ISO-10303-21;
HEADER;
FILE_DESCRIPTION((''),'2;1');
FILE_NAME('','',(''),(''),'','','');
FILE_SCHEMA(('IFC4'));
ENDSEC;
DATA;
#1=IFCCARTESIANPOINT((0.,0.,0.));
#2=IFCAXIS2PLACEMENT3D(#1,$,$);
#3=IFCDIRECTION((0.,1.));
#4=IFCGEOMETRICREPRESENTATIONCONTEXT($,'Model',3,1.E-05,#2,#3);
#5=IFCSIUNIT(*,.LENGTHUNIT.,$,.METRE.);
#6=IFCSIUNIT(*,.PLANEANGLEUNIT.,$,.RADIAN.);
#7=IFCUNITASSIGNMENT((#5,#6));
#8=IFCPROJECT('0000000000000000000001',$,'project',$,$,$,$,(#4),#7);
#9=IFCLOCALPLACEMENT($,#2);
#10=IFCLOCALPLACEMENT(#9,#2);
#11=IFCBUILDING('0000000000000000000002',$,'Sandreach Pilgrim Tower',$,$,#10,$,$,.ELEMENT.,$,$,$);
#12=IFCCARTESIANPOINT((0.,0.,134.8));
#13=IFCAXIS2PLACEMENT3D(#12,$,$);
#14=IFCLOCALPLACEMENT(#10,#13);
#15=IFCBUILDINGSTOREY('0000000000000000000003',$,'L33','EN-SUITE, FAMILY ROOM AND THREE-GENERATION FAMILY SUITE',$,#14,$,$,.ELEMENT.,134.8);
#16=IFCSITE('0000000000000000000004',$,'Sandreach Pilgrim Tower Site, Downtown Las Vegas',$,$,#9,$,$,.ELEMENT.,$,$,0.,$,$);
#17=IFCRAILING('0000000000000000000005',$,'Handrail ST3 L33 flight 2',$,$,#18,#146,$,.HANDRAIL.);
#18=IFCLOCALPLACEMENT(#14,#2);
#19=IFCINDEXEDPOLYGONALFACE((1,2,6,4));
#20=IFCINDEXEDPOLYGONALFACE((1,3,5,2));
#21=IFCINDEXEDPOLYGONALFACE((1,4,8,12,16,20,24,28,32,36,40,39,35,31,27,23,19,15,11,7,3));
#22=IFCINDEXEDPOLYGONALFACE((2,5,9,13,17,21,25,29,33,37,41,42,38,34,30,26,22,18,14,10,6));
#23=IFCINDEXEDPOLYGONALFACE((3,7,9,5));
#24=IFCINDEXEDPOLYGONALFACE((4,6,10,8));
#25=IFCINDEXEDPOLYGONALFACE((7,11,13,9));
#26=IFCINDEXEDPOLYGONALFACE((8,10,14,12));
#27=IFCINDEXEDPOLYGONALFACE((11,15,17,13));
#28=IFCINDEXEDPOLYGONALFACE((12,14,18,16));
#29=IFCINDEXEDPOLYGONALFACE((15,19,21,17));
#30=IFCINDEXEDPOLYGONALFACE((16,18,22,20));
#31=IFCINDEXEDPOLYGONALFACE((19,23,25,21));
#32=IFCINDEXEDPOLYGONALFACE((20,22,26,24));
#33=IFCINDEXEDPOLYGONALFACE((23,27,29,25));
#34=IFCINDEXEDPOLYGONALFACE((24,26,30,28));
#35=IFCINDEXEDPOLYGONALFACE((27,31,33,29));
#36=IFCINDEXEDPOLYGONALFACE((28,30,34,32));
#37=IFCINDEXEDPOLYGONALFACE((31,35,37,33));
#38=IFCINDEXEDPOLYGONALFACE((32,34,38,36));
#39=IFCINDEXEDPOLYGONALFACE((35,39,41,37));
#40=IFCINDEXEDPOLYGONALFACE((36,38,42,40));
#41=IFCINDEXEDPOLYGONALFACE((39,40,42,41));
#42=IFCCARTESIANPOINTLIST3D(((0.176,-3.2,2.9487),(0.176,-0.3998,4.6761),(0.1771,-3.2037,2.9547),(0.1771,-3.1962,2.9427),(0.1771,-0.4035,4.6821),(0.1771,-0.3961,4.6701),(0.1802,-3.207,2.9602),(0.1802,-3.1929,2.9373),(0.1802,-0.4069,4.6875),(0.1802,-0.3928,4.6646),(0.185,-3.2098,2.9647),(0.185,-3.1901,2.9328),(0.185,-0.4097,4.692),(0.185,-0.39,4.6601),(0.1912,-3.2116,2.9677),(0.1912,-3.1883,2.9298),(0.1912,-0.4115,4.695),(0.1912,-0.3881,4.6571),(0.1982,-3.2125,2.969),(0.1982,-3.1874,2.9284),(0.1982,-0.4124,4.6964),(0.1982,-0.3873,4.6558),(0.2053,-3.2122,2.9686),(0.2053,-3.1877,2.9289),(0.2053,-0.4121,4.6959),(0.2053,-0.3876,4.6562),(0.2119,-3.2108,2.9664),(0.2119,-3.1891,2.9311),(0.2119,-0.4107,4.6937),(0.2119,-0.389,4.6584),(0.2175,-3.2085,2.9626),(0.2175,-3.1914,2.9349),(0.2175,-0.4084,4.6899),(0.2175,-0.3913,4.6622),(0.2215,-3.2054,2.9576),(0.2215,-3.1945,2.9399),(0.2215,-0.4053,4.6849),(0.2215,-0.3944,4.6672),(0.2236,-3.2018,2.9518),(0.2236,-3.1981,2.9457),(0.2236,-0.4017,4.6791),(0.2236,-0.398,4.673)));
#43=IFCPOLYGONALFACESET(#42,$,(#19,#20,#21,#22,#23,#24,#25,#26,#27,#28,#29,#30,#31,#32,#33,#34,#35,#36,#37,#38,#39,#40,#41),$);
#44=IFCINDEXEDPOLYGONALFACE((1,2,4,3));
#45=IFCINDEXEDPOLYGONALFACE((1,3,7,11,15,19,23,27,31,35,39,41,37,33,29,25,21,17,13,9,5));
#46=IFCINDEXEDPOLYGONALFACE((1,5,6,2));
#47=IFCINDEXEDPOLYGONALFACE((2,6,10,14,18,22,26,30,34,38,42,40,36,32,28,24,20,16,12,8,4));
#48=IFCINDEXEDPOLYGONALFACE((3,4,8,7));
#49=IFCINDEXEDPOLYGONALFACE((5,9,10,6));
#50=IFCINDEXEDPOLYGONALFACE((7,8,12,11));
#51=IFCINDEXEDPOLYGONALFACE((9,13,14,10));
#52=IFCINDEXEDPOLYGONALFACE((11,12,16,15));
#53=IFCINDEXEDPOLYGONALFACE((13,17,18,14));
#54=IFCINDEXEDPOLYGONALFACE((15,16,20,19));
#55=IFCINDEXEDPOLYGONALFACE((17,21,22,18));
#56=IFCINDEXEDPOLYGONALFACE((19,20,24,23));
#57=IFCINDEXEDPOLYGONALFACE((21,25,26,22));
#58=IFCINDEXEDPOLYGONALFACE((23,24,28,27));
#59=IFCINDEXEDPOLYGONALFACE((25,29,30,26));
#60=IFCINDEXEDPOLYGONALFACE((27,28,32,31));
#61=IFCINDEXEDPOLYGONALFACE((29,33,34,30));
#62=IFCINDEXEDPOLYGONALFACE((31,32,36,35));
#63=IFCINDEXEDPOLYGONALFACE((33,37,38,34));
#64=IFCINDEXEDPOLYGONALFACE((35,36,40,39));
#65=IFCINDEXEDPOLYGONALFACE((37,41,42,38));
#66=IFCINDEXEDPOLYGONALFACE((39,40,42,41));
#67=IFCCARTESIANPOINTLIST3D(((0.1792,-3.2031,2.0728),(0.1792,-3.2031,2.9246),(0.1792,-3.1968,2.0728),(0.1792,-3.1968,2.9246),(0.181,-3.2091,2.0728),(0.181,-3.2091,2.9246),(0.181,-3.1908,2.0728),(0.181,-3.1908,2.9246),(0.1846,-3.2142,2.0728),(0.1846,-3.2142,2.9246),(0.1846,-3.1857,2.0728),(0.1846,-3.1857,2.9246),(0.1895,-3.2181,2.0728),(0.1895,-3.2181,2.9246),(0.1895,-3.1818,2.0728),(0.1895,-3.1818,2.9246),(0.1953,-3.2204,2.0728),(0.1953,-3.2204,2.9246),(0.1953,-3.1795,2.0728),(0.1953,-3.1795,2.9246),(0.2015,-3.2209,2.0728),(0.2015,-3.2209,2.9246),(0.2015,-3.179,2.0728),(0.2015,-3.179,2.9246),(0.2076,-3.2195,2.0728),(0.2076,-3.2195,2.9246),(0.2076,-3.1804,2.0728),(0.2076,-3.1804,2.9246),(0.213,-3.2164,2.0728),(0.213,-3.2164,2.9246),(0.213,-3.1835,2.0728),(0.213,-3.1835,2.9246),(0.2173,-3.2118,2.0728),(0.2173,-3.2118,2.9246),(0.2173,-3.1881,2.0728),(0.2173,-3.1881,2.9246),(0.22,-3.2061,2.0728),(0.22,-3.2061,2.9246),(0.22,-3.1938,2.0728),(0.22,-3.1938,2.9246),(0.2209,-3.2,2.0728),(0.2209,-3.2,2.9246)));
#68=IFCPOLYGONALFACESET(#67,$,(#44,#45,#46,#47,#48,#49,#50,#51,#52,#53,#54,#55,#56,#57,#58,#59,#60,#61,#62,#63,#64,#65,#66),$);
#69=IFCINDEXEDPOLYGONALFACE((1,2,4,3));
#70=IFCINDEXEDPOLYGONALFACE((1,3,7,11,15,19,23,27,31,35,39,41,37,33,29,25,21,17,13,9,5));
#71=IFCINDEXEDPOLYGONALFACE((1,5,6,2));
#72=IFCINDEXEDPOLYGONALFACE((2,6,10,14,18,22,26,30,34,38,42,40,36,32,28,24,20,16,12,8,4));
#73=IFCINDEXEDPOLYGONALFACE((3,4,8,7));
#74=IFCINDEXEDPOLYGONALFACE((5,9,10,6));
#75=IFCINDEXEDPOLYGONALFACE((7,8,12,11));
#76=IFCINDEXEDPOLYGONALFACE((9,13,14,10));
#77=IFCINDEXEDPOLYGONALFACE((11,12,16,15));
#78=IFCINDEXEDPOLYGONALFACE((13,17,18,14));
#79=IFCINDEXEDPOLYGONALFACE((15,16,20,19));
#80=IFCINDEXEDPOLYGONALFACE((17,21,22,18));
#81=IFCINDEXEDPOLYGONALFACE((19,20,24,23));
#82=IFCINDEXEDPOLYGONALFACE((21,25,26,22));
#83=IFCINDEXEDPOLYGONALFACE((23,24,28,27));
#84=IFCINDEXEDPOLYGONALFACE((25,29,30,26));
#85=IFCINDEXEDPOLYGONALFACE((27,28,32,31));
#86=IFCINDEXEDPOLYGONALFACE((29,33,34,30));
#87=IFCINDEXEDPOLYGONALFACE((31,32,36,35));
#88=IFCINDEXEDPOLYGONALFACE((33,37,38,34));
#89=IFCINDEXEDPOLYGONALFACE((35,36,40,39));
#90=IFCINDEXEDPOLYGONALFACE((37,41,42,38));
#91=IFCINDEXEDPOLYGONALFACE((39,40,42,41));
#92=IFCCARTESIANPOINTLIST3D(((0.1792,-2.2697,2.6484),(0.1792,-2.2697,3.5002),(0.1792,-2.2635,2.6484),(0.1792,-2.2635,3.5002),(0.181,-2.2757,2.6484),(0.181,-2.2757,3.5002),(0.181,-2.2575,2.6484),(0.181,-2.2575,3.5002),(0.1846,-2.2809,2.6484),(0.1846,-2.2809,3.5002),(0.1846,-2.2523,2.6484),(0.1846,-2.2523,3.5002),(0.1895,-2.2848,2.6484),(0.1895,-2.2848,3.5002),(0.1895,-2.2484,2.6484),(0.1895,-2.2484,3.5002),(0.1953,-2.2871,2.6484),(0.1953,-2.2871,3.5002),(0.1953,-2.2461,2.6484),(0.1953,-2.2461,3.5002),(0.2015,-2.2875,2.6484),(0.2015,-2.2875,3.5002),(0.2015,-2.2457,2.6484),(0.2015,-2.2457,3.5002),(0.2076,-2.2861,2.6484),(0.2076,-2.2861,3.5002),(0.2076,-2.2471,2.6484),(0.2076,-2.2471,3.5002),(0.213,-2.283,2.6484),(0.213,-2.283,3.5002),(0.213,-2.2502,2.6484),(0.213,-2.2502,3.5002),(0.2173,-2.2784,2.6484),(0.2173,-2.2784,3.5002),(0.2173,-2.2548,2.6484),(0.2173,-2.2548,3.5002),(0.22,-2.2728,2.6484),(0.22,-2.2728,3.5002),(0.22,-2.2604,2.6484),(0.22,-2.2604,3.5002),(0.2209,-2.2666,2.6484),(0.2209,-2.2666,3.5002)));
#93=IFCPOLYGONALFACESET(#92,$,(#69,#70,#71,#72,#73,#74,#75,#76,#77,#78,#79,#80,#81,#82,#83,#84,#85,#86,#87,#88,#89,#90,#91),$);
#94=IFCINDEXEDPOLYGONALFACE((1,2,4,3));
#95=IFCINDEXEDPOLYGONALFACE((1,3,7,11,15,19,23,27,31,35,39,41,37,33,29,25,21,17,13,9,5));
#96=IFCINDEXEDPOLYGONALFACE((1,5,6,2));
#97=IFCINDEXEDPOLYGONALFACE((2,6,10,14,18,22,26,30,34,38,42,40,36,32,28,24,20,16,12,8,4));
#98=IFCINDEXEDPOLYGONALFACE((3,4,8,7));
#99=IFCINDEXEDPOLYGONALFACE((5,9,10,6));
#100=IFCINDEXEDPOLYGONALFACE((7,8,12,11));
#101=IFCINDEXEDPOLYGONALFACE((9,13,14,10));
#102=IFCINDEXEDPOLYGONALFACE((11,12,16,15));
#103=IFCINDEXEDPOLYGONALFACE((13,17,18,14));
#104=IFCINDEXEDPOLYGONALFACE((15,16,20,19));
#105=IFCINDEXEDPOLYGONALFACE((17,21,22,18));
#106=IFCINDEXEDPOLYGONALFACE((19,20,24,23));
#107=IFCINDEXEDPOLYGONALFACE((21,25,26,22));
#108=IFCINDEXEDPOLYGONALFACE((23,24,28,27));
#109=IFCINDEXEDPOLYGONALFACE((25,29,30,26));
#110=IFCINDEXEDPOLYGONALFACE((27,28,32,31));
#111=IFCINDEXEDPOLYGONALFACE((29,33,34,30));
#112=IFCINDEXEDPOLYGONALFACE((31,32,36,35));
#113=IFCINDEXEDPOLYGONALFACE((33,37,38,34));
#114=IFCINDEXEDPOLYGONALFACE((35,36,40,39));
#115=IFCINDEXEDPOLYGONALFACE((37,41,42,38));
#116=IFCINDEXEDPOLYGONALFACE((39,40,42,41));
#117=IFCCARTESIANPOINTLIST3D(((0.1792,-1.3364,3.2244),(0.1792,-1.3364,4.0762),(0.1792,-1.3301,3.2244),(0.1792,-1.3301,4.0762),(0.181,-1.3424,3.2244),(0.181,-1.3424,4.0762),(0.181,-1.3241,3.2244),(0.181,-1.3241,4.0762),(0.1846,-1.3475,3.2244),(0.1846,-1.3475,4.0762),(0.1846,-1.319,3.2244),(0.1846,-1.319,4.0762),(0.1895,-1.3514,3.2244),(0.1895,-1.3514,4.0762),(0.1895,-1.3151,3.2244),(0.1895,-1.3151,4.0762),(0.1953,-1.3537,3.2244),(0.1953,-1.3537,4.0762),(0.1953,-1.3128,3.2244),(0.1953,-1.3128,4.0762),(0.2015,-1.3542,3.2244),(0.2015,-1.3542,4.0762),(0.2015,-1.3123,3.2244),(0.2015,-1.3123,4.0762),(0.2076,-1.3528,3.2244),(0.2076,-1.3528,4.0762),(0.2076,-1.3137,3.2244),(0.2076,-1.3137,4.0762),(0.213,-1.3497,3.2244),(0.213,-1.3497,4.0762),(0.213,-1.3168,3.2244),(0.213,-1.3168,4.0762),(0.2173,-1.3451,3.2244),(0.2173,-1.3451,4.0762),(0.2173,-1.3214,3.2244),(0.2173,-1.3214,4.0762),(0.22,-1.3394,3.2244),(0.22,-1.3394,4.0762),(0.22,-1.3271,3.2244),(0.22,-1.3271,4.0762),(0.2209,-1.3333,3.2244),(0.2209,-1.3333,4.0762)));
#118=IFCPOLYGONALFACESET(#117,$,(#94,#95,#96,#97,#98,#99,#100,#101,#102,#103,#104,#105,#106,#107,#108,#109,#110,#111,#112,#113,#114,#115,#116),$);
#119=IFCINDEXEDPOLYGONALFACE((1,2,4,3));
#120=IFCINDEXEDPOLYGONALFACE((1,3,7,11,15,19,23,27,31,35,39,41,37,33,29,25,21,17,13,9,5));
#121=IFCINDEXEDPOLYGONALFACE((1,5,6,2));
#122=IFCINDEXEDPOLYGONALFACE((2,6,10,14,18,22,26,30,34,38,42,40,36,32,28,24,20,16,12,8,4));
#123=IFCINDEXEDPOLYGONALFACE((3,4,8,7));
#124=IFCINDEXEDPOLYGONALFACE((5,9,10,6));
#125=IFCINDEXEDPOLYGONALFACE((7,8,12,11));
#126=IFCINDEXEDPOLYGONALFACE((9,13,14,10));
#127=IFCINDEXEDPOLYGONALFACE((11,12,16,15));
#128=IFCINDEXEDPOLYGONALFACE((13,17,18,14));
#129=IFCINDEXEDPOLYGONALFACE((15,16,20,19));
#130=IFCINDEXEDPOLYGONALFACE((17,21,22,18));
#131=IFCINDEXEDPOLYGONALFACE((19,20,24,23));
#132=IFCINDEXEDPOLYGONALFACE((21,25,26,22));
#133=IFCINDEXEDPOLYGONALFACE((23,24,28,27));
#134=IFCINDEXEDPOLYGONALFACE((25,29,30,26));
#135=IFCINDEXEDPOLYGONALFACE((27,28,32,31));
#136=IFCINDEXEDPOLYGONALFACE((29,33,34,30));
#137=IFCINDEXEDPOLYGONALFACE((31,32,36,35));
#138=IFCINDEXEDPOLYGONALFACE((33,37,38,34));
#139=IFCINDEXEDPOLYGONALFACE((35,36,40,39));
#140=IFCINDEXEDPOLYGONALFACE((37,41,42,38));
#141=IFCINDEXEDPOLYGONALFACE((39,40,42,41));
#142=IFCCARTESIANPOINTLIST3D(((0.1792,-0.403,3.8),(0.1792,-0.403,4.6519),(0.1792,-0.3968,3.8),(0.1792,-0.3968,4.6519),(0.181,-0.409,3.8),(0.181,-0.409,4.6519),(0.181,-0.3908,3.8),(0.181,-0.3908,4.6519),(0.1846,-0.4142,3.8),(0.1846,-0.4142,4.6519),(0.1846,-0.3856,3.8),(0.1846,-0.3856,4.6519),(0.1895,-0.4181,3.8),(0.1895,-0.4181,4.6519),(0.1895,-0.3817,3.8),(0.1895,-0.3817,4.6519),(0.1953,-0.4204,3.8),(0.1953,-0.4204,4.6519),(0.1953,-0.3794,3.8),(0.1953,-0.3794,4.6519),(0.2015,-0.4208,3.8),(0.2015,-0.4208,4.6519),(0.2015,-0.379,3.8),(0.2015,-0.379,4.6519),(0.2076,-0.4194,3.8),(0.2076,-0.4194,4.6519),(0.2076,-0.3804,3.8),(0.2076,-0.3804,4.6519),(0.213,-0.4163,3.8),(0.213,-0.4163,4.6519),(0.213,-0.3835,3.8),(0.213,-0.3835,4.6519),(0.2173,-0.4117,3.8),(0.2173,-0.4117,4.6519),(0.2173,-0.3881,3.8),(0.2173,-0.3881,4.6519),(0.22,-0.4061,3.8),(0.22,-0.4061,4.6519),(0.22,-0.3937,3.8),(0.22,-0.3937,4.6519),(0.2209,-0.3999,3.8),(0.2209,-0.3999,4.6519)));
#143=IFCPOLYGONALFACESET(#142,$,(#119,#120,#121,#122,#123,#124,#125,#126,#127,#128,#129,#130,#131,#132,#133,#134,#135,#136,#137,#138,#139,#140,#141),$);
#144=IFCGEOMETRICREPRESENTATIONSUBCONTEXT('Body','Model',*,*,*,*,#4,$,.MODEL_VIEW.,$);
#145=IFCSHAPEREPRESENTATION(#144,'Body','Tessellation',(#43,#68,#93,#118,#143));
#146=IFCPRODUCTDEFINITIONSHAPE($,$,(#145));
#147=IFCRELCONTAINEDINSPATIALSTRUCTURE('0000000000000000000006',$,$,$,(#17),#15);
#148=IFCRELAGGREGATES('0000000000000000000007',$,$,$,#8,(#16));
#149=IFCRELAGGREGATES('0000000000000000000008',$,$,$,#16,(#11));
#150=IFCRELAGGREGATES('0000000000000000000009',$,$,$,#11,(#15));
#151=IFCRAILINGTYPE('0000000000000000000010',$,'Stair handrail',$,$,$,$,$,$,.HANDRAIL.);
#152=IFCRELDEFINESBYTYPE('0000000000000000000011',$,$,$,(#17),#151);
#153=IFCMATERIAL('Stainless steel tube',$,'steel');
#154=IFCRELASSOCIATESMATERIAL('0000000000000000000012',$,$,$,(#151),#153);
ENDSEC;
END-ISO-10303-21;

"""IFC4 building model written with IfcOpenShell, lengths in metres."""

from ifc_helpers import new_model, si_unit, direction, frame, origin, origin_2d, place, context, subcontext, project, spatial, circle, extrude, material, type_object, element, save


model = new_model("IFC4")

# Units and contexts
model_context = context("Model", 3, precision=1e-05, world=origin(), true_north=direction((0.0, 1.0)))
body_context = subcontext(model_context, "Body", "Model", "MODEL_VIEW")
ifc_project = project(units=[si_unit("LENGTHUNIT", "METRE"), si_unit("PLANEANGLEUNIT", "RADIAN")], contexts=[model_context])

# Site, building, storey
site_placement = place(None, origin())
site = spatial("IfcSite", under=ifc_project, at=site_placement, Name="Sandreach Pilgrim Tower Site, Downtown Las Vegas", CompositionType="ELEMENT", RefElevation=0.0)
building_placement = place(site_placement, origin())
building = spatial("IfcBuilding", under=site, at=building_placement, Name="Sandreach Pilgrim Tower", CompositionType="ELEMENT")
storey_placement = place(building_placement, frame((0.0, 0.0, 134.8)))
storey = spatial("IfcBuildingStorey", under=building, at=storey_placement, Name="L33", Description="EN-SUITE, FAMILY ROOM AND THREE-GENERATION FAMILY SUITE", CompositionType="ELEMENT", Elevation=134.8)

# Railing
ifc_material_1 = material(Name="Stainless steel tube", Category="steel")
railing_type = type_object("IfcRailingType", Name="Stair handrail", PredefinedType="HANDRAIL", material=ifc_material_1)
for number, where, name in (
    (1, (0.2, -3.2, 2.0728), "Handrail ST3 L33 flight 2"),
):
    element("IfcRailing", number, at=place(storey_placement, frame(where)), inside=storey, type_object=railing_type, Name=name, PredefinedType="HANDRAIL", context=body_context, shape_type="SweptSolid", body=[
        extrude(circle(Radius=0.0239, at=origin_2d()), frame((0.0, 0.0, 0.876), z_axis=(0.0, 0.85109, 0.52502), x_axis=(-1.0, 0.0, 0.0)), (0.0, 0.0, 1.0), 3.29),
        extrude(circle(Radius=0.021, at=origin_2d()), origin(), (0.0, 0.0, 1.0), 0.8518),
        extrude(circle(Radius=0.021, at=origin_2d()), frame((0.0, 0.9333, 0.5757)), (0.0, 0.0, 1.0), 0.8518),
        extrude(circle(Radius=0.021, at=origin_2d()), frame((0.0, 1.8667, 1.1516)), (0.0, 0.0, 1.0), 0.8518),
        extrude(circle(Radius=0.021, at=origin_2d()), frame((0.0, 2.8, 1.7273)), (0.0, 0.0, 1.0), 0.8518),
    ])

save(model, "model.ifc")
